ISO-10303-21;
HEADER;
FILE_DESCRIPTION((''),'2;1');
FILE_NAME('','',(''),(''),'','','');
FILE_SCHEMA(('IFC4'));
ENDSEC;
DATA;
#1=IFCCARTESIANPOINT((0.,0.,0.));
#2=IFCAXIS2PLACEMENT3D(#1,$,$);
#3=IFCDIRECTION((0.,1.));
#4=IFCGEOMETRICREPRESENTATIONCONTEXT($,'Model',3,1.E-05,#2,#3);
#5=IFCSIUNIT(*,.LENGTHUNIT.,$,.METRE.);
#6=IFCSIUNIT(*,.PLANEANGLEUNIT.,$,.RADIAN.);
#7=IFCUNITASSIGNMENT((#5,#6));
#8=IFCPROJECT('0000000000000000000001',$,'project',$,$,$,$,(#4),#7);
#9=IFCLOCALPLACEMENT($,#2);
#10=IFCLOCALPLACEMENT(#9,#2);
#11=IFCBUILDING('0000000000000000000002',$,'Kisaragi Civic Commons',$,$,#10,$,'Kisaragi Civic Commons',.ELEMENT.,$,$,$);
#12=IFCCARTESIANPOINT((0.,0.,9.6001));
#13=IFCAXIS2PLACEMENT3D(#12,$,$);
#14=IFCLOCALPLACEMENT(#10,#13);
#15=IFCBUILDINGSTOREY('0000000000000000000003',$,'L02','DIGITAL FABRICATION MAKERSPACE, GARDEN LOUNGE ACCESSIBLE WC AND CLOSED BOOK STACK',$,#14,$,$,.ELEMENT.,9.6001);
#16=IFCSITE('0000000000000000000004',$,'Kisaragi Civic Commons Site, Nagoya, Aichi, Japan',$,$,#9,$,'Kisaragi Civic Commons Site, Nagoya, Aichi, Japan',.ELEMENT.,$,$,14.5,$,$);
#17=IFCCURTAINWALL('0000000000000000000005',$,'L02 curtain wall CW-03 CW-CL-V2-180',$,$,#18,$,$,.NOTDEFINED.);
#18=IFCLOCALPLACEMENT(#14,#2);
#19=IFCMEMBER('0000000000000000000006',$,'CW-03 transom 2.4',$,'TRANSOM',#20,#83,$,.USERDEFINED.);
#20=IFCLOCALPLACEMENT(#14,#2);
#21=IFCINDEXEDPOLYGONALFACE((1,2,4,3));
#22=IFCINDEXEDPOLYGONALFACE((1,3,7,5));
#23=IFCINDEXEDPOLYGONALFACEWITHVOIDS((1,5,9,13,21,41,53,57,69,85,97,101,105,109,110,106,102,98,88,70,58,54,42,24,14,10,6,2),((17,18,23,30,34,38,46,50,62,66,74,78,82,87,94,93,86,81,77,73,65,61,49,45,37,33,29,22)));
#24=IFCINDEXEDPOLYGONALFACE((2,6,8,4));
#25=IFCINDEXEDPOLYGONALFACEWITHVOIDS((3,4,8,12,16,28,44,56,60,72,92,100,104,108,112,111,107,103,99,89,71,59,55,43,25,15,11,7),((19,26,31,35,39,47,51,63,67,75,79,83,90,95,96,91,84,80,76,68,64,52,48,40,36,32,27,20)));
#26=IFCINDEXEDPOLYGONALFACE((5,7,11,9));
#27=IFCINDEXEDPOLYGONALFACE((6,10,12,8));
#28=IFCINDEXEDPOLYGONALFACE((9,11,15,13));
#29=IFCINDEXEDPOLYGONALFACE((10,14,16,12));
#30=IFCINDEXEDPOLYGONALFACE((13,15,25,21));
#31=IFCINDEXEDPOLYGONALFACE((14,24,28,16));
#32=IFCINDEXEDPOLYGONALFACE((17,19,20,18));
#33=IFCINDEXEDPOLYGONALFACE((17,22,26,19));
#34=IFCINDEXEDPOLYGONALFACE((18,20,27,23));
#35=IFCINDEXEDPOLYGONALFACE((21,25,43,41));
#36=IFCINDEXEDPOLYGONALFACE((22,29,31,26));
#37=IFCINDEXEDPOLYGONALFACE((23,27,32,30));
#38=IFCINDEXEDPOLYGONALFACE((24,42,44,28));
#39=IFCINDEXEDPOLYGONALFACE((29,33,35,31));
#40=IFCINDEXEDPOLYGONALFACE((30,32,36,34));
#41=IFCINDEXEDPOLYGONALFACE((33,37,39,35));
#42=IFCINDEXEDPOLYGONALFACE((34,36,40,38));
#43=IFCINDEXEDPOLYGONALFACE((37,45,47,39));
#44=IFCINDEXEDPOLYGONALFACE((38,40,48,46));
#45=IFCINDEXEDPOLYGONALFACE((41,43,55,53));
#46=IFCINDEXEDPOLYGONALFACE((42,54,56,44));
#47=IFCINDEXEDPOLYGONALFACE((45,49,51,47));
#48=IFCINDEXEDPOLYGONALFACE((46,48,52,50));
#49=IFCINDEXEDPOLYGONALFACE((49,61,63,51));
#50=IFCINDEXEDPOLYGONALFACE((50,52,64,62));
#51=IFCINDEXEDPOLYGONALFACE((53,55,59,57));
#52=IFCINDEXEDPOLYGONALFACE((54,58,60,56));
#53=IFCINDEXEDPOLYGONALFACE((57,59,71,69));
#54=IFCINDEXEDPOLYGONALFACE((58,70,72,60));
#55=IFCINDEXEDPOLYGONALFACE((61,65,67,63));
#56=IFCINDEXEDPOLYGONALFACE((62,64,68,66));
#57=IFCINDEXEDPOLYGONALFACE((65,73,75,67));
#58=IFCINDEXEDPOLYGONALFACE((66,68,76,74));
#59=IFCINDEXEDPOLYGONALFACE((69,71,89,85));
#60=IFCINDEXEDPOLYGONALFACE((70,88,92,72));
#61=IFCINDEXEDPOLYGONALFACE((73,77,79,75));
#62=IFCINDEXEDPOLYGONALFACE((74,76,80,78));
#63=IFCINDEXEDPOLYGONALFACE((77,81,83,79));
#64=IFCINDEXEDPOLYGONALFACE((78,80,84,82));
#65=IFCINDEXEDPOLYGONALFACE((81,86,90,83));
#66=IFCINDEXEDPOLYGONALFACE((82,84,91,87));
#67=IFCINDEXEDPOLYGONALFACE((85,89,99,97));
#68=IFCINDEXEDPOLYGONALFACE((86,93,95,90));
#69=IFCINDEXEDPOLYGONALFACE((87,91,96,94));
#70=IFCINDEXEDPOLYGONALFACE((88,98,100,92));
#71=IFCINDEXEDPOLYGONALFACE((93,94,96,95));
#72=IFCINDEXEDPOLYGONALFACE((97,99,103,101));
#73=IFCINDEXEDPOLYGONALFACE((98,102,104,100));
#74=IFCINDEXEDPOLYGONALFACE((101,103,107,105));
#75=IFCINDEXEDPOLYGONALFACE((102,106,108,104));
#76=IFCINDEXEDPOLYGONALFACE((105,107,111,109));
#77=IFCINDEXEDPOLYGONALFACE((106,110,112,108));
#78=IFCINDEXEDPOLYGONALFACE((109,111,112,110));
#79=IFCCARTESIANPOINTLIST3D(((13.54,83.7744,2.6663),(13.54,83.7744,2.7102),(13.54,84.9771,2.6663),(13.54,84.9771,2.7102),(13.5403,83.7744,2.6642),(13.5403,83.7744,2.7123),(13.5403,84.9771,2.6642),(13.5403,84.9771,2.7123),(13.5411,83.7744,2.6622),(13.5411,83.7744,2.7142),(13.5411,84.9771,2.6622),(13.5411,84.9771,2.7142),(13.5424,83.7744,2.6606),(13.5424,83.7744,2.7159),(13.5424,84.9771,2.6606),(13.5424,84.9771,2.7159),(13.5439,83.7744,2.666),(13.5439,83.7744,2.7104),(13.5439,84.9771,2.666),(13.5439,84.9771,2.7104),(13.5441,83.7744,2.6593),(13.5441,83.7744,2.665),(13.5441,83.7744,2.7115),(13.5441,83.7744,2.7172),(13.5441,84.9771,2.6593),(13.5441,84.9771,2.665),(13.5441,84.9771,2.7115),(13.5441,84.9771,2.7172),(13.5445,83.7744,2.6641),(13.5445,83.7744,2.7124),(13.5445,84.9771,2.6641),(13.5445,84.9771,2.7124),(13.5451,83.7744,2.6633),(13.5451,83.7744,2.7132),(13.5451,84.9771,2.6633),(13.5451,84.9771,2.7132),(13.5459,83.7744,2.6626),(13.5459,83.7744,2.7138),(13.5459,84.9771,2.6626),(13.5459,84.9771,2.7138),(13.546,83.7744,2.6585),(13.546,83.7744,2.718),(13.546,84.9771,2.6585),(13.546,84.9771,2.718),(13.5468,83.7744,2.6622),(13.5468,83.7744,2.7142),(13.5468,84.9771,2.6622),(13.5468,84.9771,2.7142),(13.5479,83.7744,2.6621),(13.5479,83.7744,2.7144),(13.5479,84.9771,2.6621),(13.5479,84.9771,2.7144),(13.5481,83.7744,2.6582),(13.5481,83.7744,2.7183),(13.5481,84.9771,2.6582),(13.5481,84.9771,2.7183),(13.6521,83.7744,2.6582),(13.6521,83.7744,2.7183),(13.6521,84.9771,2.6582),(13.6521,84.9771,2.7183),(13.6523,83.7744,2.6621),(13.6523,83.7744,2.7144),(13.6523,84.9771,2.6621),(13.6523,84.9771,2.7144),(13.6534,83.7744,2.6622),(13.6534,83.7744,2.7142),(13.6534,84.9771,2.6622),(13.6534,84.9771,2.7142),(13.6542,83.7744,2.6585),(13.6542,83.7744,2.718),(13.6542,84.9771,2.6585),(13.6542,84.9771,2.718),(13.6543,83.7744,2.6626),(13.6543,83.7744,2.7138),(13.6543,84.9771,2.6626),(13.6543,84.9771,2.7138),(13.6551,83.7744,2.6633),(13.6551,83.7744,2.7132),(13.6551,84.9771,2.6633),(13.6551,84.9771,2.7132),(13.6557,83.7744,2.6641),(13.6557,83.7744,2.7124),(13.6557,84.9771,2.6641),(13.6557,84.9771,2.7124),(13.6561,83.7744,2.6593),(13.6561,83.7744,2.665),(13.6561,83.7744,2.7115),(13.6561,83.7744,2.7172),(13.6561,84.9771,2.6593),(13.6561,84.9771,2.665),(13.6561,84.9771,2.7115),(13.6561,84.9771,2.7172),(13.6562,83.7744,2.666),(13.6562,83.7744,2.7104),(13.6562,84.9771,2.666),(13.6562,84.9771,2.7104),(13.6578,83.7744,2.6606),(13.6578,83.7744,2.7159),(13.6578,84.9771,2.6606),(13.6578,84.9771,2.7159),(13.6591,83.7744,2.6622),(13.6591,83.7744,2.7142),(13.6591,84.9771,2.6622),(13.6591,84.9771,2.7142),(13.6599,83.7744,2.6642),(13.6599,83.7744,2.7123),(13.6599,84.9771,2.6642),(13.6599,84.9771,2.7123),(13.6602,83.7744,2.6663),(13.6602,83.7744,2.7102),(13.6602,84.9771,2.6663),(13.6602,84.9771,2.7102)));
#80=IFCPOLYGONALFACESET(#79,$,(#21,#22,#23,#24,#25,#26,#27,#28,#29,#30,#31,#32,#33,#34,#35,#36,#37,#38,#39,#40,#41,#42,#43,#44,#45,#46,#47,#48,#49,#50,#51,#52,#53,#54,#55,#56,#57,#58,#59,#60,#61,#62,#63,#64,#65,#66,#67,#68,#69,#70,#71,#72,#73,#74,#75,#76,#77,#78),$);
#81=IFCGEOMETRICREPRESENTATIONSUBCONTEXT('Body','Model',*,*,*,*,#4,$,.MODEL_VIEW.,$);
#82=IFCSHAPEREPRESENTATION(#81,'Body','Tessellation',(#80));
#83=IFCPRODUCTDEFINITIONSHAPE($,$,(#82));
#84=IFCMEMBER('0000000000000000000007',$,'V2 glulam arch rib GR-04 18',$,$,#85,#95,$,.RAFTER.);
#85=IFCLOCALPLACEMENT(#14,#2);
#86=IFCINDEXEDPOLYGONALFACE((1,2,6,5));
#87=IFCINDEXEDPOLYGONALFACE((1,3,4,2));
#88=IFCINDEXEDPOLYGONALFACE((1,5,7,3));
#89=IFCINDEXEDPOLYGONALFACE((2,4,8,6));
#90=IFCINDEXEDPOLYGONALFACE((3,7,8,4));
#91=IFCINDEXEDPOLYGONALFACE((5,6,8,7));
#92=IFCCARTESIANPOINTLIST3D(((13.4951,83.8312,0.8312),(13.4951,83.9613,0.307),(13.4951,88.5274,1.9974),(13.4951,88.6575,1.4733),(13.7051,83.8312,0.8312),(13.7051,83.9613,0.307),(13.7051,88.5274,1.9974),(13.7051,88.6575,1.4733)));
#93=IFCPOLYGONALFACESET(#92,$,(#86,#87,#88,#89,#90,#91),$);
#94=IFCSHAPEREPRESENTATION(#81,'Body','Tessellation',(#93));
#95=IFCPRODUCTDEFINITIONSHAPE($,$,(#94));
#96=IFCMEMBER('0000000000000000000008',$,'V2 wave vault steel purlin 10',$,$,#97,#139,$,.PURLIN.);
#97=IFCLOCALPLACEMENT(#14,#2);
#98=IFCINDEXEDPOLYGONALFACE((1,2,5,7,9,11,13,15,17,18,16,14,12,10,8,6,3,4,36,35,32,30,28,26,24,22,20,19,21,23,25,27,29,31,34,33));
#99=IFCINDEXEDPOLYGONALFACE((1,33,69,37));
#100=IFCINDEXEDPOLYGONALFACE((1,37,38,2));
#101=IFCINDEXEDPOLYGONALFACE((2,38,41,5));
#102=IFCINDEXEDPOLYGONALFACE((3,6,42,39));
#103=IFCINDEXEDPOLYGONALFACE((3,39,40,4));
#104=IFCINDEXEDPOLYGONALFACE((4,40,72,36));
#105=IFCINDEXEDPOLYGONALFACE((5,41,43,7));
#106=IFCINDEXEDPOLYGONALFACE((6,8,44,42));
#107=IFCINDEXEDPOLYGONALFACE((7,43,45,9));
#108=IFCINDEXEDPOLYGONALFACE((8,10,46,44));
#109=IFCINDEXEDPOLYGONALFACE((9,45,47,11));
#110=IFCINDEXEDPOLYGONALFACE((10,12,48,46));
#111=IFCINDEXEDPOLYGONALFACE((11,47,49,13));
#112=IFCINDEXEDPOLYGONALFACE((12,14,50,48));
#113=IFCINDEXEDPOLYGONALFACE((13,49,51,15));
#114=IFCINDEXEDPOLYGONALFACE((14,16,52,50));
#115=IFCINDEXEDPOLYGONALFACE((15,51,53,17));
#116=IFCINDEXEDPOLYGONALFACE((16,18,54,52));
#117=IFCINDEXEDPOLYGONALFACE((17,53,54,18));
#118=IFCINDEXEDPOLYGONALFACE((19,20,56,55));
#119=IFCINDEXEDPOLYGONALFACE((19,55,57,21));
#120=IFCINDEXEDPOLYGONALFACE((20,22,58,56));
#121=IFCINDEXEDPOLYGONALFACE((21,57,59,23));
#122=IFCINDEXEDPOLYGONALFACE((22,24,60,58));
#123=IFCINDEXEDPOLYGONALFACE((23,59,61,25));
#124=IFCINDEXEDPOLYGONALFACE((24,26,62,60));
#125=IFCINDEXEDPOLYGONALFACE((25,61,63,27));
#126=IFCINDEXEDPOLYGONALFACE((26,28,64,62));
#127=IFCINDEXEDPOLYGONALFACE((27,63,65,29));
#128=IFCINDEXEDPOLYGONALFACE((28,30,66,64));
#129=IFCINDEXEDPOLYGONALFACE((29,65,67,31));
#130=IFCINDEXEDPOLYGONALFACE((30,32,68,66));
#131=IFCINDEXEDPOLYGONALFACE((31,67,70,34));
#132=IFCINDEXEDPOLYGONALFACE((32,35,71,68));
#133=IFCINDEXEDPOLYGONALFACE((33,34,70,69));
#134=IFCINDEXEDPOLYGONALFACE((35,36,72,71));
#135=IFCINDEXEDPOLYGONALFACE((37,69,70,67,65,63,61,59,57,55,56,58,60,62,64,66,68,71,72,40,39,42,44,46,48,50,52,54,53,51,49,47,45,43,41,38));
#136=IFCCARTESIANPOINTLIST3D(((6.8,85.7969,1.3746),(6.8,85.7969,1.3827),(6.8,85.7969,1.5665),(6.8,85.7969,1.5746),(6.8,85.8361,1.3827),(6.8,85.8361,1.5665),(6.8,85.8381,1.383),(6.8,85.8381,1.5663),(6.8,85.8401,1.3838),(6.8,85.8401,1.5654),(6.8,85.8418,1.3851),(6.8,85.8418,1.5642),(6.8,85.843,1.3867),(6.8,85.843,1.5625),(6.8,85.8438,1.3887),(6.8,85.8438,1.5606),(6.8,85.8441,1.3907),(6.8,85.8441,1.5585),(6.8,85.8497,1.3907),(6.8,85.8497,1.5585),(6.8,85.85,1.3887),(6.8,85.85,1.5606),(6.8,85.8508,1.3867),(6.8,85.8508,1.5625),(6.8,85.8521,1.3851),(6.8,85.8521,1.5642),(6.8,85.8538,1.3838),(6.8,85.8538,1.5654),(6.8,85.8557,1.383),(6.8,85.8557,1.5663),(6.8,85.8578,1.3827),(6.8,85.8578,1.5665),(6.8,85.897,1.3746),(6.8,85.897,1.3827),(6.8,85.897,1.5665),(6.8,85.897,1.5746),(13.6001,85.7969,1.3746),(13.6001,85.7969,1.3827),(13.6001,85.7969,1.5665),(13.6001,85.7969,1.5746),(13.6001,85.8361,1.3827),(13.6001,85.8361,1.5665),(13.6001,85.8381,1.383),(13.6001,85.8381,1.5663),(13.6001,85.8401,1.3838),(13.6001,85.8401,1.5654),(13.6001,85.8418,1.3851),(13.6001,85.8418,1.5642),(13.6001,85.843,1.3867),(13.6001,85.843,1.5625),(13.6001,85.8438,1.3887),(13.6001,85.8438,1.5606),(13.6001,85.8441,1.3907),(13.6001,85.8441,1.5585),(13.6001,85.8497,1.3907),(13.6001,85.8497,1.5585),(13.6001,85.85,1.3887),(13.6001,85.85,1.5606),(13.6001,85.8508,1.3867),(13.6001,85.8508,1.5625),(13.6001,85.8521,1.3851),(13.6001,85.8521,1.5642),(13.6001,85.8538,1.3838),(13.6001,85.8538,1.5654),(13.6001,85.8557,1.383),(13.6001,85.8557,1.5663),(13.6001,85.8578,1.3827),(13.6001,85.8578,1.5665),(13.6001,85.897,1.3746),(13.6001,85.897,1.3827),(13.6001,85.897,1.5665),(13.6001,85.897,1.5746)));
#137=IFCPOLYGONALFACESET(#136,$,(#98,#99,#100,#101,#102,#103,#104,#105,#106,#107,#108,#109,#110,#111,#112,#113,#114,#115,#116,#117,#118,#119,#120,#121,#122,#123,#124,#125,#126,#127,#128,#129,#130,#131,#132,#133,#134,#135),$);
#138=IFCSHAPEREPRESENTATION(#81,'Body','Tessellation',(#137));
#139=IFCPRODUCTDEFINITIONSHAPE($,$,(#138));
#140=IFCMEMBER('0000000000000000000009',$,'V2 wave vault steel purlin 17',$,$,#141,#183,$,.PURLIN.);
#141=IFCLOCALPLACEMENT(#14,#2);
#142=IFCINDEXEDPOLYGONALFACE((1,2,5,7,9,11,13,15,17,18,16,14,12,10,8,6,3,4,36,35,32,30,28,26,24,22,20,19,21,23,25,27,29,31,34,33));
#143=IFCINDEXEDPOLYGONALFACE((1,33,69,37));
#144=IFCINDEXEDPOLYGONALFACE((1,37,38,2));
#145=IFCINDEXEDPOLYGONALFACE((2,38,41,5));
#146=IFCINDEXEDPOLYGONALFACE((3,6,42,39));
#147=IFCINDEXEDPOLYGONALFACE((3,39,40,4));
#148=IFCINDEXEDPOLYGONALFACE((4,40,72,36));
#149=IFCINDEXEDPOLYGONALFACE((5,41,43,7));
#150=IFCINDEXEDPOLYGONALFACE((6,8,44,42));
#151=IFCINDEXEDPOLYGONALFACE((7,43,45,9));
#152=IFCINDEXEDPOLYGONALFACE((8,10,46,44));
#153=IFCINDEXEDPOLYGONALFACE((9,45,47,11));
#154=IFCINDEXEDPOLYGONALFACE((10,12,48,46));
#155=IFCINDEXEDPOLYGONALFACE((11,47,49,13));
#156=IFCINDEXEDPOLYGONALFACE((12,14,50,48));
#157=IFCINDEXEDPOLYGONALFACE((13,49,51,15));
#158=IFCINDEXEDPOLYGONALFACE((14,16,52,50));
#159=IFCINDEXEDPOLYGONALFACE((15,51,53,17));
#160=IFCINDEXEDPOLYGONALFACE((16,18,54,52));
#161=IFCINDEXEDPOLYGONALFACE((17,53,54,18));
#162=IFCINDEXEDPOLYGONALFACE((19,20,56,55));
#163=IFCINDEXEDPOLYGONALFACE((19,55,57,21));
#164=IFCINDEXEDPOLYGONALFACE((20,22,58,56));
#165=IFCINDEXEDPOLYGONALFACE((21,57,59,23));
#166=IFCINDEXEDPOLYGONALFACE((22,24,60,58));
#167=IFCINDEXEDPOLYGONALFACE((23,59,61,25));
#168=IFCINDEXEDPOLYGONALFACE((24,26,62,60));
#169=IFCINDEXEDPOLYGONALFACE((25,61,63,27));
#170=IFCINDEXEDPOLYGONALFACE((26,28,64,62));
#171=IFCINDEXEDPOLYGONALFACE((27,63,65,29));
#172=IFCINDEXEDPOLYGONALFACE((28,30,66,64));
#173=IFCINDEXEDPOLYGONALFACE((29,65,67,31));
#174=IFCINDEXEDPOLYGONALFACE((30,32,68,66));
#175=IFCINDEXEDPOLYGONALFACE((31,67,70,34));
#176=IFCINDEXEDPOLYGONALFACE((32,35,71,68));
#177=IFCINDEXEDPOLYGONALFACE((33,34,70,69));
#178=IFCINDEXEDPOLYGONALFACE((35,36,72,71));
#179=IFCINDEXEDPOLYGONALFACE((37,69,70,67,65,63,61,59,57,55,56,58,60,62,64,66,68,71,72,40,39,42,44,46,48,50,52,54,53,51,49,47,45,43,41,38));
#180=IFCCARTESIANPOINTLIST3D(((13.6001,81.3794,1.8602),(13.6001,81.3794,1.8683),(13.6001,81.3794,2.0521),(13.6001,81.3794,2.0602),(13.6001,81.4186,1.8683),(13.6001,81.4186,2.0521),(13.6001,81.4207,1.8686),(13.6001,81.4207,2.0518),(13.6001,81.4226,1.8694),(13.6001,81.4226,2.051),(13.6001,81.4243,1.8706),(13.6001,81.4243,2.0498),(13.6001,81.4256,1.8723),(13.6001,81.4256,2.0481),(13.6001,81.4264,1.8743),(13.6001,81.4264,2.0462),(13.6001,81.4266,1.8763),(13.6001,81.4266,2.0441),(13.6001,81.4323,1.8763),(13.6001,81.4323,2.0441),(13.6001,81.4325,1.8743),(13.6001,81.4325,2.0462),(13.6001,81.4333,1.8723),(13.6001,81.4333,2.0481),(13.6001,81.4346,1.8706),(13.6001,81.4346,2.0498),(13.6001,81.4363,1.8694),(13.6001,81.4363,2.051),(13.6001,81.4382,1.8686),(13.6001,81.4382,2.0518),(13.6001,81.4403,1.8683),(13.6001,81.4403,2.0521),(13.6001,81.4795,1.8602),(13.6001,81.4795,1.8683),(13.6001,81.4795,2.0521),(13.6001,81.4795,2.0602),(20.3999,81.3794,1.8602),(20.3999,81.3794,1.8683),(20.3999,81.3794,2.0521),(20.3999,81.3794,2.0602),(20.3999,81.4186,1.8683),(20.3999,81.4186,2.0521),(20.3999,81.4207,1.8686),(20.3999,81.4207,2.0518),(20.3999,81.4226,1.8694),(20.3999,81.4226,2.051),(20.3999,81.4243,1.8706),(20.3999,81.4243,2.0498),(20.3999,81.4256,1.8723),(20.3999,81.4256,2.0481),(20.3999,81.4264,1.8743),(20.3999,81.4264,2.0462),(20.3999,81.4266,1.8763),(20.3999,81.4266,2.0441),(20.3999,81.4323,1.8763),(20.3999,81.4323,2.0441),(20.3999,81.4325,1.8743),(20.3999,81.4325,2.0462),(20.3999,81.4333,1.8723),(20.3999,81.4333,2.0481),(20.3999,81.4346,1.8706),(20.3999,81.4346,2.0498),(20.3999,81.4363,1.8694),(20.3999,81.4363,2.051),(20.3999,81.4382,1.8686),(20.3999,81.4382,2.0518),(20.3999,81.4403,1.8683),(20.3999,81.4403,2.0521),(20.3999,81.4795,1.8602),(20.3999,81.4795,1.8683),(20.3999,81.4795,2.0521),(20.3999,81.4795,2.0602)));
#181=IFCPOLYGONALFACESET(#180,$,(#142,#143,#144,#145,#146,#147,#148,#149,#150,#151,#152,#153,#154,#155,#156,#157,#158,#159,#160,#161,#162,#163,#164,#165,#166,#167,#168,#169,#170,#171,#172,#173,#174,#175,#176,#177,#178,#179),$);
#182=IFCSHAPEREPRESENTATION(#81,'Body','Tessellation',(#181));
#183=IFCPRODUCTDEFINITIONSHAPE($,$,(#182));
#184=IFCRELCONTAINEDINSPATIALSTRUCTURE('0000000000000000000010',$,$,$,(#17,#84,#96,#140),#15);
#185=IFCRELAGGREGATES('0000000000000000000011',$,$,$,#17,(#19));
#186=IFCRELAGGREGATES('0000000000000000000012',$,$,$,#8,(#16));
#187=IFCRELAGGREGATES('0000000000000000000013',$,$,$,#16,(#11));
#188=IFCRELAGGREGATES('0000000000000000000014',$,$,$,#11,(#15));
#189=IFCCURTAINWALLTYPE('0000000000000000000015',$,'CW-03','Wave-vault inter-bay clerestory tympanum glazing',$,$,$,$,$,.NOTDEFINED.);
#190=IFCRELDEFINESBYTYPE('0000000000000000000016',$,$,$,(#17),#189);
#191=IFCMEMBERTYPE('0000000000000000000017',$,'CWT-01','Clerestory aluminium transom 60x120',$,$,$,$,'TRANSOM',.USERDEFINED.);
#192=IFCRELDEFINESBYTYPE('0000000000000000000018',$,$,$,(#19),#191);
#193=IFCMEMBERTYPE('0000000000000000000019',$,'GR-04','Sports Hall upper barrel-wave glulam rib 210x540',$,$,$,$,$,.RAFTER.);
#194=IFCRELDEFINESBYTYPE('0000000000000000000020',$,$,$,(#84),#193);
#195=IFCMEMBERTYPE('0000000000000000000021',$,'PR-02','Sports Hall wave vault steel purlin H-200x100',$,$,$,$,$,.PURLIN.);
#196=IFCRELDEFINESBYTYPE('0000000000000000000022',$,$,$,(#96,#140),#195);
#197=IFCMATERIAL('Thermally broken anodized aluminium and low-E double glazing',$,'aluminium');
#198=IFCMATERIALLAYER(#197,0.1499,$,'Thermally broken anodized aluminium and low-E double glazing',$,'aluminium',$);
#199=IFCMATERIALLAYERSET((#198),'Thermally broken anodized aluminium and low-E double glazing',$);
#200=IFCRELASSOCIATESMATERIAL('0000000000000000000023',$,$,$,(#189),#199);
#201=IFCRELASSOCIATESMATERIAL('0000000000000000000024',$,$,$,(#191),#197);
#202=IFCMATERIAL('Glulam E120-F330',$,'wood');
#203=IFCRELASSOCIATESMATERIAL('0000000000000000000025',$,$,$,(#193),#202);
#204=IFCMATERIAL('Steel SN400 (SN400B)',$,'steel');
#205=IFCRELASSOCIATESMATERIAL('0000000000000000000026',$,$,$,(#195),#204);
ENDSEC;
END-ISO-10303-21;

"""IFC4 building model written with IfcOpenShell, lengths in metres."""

from ifc_helpers import new_model, si_unit, direction, frame, origin, origin_2d, place, context, subcontext, project, spatial, rectangle, hollow_rectangle, i_section, extrude, material, layer, layer_set, material_profile, profile_set, type_object, element, aggregate, save


model = new_model("IFC4")

# Units and contexts
model_context = context("Model", 3, precision=1e-05, world=origin(), true_north=direction((0.0, 1.0)))
body_context = subcontext(model_context, "Body", "Model", "MODEL_VIEW")
ifc_project = project(units=[si_unit("LENGTHUNIT", "METRE"), si_unit("PLANEANGLEUNIT", "RADIAN")], contexts=[model_context])

# Site, building, storey
site_placement = place(None, origin())
site = spatial("IfcSite", under=ifc_project, at=site_placement, Name="Kisaragi Civic Commons Site, Nagoya, Aichi, Japan", LongName="Kisaragi Civic Commons Site, Nagoya, Aichi, Japan", CompositionType="ELEMENT", RefElevation=14.5)
building_placement = place(site_placement, origin())
building = spatial("IfcBuilding", under=site, at=building_placement, Name="Kisaragi Civic Commons", LongName="Kisaragi Civic Commons", CompositionType="ELEMENT")
storey_placement = place(building_placement, frame((0.0, 0.0, 9.6001)))
storey = spatial("IfcBuildingStorey", under=building, at=storey_placement, Name="L02", Description="DIGITAL FABRICATION MAKERSPACE, GARDEN LOUNGE ACCESSIBLE WC AND CLOSED BOOK STACK", CompositionType="ELEMENT", Elevation=9.6001)

# Shared definitions
ifc_material_1 = material(Name="Thermally broken anodized aluminium and low-E double glazing", Category="aluminium")
ifc_layer_1 = layer(ifc_material_1, 0.1499, Name="Thermally broken anodized aluminium and low-E double glazing", Category="aluminium")
ifc_layer_set_1 = layer_set([ifc_layer_1], Name="Thermally broken anodized aluminium and low-E double glazing")
curtain_wall_type = type_object("IfcCurtainWallType", Name="CW-03", Description="Wave-vault inter-bay clerestory tympanum glazing", PredefinedType="NOTDEFINED", material=ifc_layer_set_1)

# Curtain wall
curtain_wall_1_placement = place(storey_placement, origin())
curtain_wall_1 = element("IfcCurtainWall", 1, at=curtain_wall_1_placement, inside=storey, type_object=curtain_wall_type, Name="L02 curtain wall CW-03 CW-CL-V2-180", PredefinedType="NOTDEFINED")

# Member
ifc_material_profile_1 = material_profile(ifc_material_1, hollow_rectangle(XDim=0.1201, YDim=0.0601, WallThickness=0.0039, InnerFilletRadius=0.0039, OuterFilletRadius=0.0081, at=origin_2d()), Name="CWT-60x120x4", Category="aluminium")
ifc_profile_set_1 = profile_set([ifc_material_profile_1], Name="Thermally broken anodized aluminium and low-E double glazing")
member_type_1 = type_object("IfcMemberType", Name="CWT-01", Description="Clerestory aluminium transom 60x120", ElementType="TRANSOM", PredefinedType="USERDEFINED", material=ifc_profile_set_1)
member_1_placement = place(storey_placement, frame((13.6001, 83.7744, 2.6882), z_axis=(0.0, 1.0, 0.0), x_axis=(-1.0, 0.0, 0.0)))
member_1 = element("IfcMember", 2, at=member_1_placement, type_object=member_type_1, Name="CW-03 transom 2.4", ObjectType="TRANSOM", PredefinedType="USERDEFINED", context=body_context, shape_type="SweptSolid", body=[
    extrude(hollow_rectangle(XDim=0.1201, YDim=0.0601, WallThickness=0.0039, InnerFilletRadius=0.0039, OuterFilletRadius=0.0081, at=origin_2d()), origin(), (0.0, 0.0, 1.0), 1.2026),
])

# Members
ifc_material_2 = material(Name="Glulam E120-F330", Category="wood")
ifc_material_profile_2 = material_profile(ifc_material_2, rectangle(XDim=0.21, YDim=0.54, at=origin_2d()), Name="GL-210x540", Category="wood")
ifc_profile_set_2 = profile_set([ifc_material_profile_2], Name="Glulam E120-F330")
member_type_2 = type_object("IfcMemberType", Name="GR-04", Description="Sports Hall upper barrel-wave glulam rib 210x540", PredefinedType="RAFTER", material=ifc_profile_set_2)
member_2_placement = place(storey_placement, frame((13.6001, 83.8962, 0.5691), z_axis=(0.0, 0.970521, 0.241016), x_axis=(-1.0, 0.0, 0.0)))
element("IfcMember", 3, at=member_2_placement, inside=storey, type_object=member_type_2, Name="V2 glulam arch rib GR-04 18", PredefinedType="RAFTER", context=body_context, shape_type="SweptSolid", body=[
    extrude(rectangle(XDim=0.21, YDim=0.54, at=origin_2d()), origin(), (0.0, 0.0, 1.0), 4.8389),
])
ifc_material_3 = material(Name="Steel SN400 (SN400B)", Category="steel")
ifc_material_profile_3 = material_profile(ifc_material_3, i_section(OverallWidth=0.1001, OverallDepth=0.2, WebThickness=0.0056, FlangeThickness=0.0081, FilletRadius=0.0081, at=origin_2d()), Name="H-200x100x5.5x8", Category="steel")
ifc_profile_set_3 = profile_set([ifc_material_profile_3], Name="Steel SN400 (SN400B)")
member_type_3 = type_object("IfcMemberType", Name="PR-02", Description="Sports Hall wave vault steel purlin H-200x100", PredefinedType="PURLIN", material=ifc_profile_set_3)
member_3_placement = place(storey_placement, frame((6.8, 85.8469, 1.4746), z_axis=(1.0, 0.0, 0.0), x_axis=(0.0, 1.0, 0.0)))
element("IfcMember", 4, at=member_3_placement, inside=storey, type_object=member_type_3, Name="V2 wave vault steel purlin 10", PredefinedType="PURLIN", context=body_context, shape_type="SweptSolid", body=[
    extrude(i_section(OverallWidth=0.1001, OverallDepth=0.2, WebThickness=0.0056, FlangeThickness=0.0081, FilletRadius=0.0081, at=origin_2d()), origin(), (0.0, 0.0, 1.0), 6.8),
])
member_4_placement = place(storey_placement, frame((13.6001, 81.4294, 1.9602), z_axis=(1.0, 0.0, 0.0), x_axis=(0.0, 1.0, 0.0)))
element("IfcMember", 5, at=member_4_placement, inside=storey, type_object=member_type_3, Name="V2 wave vault steel purlin 17", PredefinedType="PURLIN", context=body_context, shape_type="SweptSolid", body=[
    extrude(i_section(OverallWidth=0.1001, OverallDepth=0.2, WebThickness=0.0056, FlangeThickness=0.0081, FilletRadius=0.0081, at=origin_2d()), origin(), (0.0, 0.0, 1.0), 6.7998),
])

aggregate(curtain_wall_1, [member_1])

save(model, "model.ifc")
